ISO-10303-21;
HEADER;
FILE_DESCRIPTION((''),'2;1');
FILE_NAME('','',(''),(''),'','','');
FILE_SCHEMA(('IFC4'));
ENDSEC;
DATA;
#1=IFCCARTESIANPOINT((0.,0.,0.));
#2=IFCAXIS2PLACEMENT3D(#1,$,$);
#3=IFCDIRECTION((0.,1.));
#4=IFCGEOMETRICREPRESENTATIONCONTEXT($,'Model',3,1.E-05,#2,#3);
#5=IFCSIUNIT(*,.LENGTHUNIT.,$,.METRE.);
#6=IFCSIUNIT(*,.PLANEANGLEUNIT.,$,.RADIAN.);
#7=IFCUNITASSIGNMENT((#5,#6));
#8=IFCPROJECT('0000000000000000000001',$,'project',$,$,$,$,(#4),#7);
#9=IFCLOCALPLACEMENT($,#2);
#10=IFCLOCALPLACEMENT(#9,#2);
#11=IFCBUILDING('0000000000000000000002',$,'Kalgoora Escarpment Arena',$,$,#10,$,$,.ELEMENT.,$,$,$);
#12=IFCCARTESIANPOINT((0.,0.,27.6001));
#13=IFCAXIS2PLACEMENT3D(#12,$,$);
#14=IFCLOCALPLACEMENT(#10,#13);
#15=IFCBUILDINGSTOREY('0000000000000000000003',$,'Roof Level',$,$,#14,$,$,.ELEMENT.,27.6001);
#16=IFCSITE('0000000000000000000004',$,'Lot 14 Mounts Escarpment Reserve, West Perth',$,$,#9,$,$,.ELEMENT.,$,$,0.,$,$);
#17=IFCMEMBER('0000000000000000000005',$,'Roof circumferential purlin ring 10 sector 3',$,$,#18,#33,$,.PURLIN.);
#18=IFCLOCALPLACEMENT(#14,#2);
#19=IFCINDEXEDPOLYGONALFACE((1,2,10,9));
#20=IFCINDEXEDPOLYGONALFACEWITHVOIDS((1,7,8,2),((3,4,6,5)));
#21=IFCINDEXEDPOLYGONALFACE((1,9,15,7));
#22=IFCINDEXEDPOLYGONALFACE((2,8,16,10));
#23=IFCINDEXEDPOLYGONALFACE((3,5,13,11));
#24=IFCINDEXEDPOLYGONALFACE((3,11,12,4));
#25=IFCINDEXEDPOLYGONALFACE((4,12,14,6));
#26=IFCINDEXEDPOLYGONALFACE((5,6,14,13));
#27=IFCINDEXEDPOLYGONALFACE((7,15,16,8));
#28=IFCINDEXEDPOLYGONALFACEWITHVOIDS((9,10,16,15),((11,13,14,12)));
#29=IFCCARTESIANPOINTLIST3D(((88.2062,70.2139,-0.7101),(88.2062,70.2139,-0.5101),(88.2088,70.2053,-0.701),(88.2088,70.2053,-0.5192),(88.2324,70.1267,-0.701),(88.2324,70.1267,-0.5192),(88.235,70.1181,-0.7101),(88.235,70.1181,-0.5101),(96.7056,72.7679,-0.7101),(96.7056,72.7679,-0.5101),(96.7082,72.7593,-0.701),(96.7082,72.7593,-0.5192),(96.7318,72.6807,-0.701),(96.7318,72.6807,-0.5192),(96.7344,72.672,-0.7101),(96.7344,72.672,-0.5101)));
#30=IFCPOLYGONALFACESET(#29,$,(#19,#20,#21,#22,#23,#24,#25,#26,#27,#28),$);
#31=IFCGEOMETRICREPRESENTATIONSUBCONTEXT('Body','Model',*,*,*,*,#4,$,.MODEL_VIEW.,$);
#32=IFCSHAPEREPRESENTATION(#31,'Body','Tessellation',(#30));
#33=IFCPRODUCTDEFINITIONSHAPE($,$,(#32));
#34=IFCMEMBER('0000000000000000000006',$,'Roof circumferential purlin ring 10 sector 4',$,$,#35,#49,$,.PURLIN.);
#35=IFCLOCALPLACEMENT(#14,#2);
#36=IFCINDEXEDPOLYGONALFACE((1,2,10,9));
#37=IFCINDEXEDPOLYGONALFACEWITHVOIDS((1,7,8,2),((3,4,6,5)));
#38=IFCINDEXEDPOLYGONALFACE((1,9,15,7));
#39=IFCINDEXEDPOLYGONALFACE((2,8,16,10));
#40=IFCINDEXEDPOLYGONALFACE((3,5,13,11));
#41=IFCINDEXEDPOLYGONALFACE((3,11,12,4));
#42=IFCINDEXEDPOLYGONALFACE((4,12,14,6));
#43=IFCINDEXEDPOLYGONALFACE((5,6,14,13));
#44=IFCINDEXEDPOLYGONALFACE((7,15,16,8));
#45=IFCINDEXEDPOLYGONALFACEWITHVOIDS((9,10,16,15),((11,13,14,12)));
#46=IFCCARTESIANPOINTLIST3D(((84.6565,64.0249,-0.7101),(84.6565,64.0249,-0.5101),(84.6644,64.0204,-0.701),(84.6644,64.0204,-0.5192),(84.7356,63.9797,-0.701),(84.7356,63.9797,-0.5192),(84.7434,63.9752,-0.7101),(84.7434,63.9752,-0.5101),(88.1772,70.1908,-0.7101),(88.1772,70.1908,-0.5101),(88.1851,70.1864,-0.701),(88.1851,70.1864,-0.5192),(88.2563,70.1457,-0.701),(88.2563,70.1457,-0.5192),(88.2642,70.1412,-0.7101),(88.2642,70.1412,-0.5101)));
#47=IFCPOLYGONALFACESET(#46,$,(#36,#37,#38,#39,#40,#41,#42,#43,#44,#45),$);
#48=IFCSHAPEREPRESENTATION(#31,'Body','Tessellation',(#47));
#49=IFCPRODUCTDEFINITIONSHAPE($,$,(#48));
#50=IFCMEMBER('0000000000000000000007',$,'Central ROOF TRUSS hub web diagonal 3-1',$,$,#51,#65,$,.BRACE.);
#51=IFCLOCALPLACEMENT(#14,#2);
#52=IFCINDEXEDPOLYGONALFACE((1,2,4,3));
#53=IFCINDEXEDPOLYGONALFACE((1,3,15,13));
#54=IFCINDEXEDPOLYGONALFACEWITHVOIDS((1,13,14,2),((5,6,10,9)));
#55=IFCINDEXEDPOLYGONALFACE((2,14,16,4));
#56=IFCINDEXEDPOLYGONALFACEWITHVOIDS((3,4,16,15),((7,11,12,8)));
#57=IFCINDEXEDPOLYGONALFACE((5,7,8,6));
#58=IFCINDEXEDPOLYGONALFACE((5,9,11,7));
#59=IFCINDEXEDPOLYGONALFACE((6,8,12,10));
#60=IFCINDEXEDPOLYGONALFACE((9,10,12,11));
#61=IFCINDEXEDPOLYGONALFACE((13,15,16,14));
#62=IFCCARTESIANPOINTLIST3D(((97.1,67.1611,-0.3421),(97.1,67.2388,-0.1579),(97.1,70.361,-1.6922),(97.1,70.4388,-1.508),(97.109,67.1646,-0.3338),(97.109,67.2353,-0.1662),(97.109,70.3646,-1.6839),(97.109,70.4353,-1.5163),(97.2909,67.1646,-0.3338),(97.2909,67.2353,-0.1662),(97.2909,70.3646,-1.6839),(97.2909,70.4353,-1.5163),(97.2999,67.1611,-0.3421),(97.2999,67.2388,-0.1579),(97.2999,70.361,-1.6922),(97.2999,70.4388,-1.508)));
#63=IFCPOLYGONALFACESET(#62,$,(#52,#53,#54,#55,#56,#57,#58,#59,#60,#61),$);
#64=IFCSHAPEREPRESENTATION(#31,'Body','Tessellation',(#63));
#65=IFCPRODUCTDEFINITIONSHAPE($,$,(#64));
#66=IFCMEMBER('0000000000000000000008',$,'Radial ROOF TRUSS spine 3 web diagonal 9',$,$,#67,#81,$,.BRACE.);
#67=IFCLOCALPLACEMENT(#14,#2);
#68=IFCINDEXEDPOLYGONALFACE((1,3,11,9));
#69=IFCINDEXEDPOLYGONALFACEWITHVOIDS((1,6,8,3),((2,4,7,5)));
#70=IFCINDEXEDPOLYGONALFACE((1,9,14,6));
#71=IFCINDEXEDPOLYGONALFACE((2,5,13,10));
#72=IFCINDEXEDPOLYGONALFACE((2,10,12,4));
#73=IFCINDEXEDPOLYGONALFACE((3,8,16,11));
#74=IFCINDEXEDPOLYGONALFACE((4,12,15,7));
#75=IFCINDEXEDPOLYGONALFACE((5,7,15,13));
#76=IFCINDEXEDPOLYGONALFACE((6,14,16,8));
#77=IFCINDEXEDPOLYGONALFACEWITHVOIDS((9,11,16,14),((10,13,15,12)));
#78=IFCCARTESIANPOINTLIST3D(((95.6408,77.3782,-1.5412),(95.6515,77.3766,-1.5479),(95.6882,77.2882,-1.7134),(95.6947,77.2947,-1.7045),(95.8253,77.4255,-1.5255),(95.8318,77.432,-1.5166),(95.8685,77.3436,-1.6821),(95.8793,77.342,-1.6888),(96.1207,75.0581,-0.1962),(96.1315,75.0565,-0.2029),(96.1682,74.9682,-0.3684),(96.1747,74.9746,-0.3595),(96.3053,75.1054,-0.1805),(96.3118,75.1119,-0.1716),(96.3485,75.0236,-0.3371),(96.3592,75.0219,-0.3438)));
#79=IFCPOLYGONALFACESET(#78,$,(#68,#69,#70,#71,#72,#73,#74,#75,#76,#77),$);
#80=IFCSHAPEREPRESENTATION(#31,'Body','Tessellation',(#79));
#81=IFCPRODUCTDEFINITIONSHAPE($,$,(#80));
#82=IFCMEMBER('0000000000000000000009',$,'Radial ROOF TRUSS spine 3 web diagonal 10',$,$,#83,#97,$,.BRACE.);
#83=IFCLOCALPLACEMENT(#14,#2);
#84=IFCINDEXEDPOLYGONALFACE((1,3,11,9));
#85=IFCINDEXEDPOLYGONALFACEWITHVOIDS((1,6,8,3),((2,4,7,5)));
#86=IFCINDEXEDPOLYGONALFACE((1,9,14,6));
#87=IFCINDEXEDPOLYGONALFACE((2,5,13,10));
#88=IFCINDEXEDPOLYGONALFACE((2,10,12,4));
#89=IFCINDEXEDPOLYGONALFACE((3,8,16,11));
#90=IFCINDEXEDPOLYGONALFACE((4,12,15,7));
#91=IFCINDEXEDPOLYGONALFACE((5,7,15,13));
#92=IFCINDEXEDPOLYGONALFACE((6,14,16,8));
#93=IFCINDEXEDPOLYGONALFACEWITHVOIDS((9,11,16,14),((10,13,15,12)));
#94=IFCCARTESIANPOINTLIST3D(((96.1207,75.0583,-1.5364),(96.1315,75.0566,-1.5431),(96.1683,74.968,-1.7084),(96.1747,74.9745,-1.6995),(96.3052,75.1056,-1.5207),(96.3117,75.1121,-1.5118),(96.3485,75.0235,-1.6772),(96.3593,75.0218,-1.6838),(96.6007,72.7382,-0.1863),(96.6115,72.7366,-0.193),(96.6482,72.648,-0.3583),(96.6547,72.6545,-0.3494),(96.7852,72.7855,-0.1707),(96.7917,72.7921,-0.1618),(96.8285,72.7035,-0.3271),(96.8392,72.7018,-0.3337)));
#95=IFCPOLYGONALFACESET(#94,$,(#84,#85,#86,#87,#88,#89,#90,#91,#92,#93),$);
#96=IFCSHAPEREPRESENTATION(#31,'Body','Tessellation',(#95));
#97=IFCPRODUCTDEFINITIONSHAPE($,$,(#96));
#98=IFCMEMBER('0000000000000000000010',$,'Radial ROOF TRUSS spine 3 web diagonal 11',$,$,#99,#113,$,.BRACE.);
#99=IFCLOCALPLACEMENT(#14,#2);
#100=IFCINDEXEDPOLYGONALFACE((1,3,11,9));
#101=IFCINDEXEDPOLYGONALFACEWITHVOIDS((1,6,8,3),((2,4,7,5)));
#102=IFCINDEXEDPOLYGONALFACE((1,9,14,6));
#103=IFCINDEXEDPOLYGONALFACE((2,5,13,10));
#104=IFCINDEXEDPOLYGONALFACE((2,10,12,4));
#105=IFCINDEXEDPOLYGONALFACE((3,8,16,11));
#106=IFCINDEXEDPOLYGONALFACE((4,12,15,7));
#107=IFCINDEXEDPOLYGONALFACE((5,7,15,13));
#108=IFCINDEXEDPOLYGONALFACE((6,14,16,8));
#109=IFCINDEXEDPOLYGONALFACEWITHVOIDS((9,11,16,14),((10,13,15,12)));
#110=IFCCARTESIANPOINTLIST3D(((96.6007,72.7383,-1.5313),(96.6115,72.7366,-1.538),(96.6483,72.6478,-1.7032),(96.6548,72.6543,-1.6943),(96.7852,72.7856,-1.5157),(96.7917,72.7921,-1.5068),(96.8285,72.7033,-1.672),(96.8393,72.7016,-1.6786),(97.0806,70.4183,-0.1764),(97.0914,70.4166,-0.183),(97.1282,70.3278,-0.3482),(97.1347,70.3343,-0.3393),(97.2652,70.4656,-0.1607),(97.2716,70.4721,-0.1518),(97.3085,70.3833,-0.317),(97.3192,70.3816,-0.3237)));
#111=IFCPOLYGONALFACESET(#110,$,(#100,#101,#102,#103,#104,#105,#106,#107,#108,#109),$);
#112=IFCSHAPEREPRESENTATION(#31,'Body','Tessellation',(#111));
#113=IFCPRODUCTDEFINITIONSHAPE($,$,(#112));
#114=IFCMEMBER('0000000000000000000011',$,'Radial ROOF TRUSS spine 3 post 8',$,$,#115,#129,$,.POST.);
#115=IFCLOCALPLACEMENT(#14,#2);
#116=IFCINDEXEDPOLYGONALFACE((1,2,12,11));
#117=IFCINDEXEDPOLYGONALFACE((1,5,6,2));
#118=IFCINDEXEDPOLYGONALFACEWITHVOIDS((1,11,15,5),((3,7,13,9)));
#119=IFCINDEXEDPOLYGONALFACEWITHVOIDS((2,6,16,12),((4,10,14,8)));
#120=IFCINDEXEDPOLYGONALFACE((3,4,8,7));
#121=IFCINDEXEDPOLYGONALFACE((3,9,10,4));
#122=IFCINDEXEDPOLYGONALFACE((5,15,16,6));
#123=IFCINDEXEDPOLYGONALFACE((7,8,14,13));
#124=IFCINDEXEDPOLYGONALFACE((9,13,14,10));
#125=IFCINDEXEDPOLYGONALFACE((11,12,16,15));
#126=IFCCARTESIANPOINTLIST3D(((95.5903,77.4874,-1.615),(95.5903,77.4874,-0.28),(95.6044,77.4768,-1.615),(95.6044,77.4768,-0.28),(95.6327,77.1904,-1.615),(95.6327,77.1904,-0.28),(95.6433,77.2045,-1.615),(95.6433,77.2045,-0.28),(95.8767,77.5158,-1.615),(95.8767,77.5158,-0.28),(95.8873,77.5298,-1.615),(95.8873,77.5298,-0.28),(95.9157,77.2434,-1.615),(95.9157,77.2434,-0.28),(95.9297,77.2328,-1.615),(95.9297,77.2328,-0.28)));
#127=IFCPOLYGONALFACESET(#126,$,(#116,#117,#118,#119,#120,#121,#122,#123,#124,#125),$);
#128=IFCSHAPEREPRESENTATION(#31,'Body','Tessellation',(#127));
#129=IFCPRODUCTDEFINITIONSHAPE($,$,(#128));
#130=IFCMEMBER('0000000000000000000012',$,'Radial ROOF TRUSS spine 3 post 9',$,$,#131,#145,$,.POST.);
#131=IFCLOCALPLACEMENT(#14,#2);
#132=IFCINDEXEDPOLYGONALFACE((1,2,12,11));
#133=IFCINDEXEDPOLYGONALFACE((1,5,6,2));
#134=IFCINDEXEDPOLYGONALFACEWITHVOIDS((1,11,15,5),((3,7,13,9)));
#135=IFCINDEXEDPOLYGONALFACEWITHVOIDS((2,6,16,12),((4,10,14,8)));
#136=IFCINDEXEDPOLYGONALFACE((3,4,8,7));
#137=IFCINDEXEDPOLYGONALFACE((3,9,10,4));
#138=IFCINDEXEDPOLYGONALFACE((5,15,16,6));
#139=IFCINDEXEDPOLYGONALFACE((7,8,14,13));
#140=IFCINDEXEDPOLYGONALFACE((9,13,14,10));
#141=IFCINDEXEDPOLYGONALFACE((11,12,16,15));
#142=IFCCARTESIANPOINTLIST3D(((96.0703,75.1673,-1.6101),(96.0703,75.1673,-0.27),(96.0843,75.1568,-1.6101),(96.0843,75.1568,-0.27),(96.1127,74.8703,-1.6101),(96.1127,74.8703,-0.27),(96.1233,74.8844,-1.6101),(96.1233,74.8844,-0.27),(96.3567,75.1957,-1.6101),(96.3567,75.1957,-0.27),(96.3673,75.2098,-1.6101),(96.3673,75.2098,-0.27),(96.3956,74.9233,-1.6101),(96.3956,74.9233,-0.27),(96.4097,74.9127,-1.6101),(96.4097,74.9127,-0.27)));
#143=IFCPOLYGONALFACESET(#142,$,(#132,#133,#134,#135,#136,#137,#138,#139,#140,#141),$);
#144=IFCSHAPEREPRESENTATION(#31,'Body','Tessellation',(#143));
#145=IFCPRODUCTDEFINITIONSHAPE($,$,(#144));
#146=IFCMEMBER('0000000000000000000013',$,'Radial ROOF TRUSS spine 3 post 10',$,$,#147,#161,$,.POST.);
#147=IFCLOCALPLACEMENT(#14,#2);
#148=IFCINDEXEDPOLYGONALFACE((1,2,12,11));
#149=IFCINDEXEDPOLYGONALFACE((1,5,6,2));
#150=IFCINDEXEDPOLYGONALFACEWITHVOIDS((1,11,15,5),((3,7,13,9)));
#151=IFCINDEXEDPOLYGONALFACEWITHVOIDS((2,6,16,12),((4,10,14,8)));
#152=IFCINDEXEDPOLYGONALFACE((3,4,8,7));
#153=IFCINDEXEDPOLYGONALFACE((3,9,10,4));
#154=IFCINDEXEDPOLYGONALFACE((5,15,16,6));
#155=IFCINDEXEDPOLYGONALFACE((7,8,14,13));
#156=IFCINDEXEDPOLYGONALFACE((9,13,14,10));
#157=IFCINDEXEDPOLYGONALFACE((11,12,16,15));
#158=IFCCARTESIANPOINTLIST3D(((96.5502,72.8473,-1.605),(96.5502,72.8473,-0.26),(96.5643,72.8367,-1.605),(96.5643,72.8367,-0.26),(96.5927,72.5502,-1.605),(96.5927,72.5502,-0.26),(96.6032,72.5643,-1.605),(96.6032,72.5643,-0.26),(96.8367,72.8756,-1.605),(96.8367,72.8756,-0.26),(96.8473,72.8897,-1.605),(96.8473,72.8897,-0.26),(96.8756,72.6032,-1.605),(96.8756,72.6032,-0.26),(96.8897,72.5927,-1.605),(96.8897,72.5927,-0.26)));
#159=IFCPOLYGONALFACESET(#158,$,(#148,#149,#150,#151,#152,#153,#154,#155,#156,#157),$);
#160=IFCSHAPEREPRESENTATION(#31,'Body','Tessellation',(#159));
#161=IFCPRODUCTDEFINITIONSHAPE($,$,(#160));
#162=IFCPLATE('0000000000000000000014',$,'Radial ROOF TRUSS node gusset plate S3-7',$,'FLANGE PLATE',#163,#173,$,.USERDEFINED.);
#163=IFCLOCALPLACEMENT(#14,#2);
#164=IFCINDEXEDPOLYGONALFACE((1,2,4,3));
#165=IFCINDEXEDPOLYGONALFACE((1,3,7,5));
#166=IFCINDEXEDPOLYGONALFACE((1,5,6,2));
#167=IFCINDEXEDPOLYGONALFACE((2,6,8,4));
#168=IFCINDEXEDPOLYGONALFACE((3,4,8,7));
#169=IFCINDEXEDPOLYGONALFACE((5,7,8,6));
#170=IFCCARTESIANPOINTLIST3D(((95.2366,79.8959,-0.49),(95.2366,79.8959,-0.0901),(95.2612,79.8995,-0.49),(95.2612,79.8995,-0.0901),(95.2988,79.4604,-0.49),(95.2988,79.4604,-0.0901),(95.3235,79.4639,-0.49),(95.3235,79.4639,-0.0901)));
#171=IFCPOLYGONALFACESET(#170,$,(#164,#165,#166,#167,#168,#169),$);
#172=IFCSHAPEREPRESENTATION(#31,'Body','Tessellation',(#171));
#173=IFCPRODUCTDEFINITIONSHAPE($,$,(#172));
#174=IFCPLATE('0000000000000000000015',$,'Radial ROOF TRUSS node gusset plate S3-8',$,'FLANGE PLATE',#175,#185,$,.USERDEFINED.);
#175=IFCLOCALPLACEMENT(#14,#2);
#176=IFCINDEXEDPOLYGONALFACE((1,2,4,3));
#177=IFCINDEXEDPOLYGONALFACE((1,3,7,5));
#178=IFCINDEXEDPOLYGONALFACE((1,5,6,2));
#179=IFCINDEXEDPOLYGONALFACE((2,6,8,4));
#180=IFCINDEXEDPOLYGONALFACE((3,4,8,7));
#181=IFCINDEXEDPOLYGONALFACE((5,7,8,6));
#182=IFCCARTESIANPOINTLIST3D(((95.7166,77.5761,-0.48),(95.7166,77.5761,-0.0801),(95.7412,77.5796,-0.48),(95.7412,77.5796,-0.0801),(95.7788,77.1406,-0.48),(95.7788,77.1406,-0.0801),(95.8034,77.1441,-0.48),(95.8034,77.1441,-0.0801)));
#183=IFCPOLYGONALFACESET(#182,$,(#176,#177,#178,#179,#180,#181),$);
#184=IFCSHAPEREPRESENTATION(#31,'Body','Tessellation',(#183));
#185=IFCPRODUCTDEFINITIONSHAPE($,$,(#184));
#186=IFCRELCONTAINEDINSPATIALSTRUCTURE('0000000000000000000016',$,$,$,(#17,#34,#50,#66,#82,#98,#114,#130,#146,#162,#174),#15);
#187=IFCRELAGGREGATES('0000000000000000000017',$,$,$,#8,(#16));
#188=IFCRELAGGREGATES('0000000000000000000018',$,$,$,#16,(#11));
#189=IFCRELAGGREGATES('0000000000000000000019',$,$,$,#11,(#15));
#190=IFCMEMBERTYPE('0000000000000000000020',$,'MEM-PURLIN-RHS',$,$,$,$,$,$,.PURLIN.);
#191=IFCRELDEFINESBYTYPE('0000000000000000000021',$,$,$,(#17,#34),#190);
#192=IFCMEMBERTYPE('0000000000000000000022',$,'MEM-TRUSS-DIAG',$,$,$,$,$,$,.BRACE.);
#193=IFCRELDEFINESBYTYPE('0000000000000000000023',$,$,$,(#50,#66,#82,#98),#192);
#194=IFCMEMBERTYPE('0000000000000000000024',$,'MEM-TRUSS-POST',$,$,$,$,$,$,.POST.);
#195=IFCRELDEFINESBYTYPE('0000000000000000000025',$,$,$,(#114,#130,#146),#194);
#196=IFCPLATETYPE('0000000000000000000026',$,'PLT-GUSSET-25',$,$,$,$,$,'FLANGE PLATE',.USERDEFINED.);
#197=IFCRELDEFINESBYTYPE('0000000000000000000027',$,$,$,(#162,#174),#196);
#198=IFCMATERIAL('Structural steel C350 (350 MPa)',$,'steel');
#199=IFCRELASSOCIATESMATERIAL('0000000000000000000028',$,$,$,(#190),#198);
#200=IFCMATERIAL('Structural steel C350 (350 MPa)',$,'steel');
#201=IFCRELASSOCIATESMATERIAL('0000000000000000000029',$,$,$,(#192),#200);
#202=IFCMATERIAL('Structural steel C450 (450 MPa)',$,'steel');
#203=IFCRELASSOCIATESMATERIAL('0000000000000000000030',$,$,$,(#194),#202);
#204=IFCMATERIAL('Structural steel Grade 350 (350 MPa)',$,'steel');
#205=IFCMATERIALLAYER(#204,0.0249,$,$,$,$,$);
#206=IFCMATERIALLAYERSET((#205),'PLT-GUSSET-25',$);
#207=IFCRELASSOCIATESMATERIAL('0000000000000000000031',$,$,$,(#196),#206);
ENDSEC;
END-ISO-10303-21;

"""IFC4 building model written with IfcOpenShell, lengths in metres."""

from ifc_helpers import new_model, si_unit, direction, frame, origin, origin_2d, place, context, subcontext, project, spatial, rectangle, hollow_rectangle, extrude, material, layer, layer_set, material_profile, profile_set, type_object, element, save


model = new_model("IFC4")

# Units and contexts
model_context = context("Model", 3, precision=1e-05, world=origin(), true_north=direction((0.0, 1.0)))
body_context = subcontext(model_context, "Body", "Model", "MODEL_VIEW")
ifc_project = project(units=[si_unit("LENGTHUNIT", "METRE"), si_unit("PLANEANGLEUNIT", "RADIAN")], contexts=[model_context])

# Site, building, storey
site_placement = place(None, origin())
site = spatial("IfcSite", under=ifc_project, at=site_placement, Name="Lot 14 Mounts Escarpment Reserve, West Perth", CompositionType="ELEMENT", RefElevation=0.0)
building_placement = place(site_placement, origin())
building = spatial("IfcBuilding", under=site, at=building_placement, Name="Kalgoora Escarpment Arena", CompositionType="ELEMENT")
storey_placement = place(building_placement, frame((0.0, 0.0, 27.6001)))
storey = spatial("IfcBuildingStorey", under=building, at=storey_placement, Name="Roof Level", CompositionType="ELEMENT", Elevation=27.6001)

# Members
ifc_material_1 = material(Name="Structural steel C350 (350 MPa)", Category="steel")
ifc_material_profile_1 = material_profile(ifc_material_1, hollow_rectangle(XDim=0.1001, YDim=0.2, WallThickness=0.009, at=origin_2d()))
ifc_profile_set_1 = profile_set([ifc_material_profile_1], Name="Structural steel C350 (350 MPa)")
member_type_1 = type_object("IfcMemberType", Name="MEM-PURLIN-RHS", PredefinedType="PURLIN", material=ifc_profile_set_1)
member_1_placement = place(storey_placement, frame((96.72, 72.72, -0.6101), z_axis=(-0.957697, -0.287779, 0.0), x_axis=(0.287779, -0.957697, 0.0)))
element("IfcMember", 1, at=member_1_placement, inside=storey, type_object=member_type_1, Name="Roof circumferential purlin ring 10 sector 3", PredefinedType="PURLIN", context=body_context, shape_type="SweptSolid", body=[
    extrude(hollow_rectangle(XDim=0.1001, YDim=0.2, WallThickness=0.009, at=origin_2d()), origin(), (0.0, 0.0, 1.0), 8.8748),
])
member_2_placement = place(storey_placement, frame((88.2207, 70.166, -0.6101), z_axis=(-0.495854, -0.868406, 0.0), x_axis=(0.868406, -0.495854, 0.0)))
element("IfcMember", 2, at=member_2_placement, inside=storey, type_object=member_type_1, Name="Roof circumferential purlin ring 10 sector 4", PredefinedType="PURLIN", context=body_context, shape_type="SweptSolid", body=[
    extrude(hollow_rectangle(XDim=0.1001, YDim=0.2, WallThickness=0.009, at=origin_2d()), origin(), (0.0, 0.0, 1.0), 7.1003),
])
ifc_material_2 = material(Name="Structural steel C350 (350 MPa)", Category="steel")
ifc_material_profile_2 = material_profile(ifc_material_2, hollow_rectangle(XDim=0.2, YDim=0.2, WallThickness=0.009, at=origin_2d()))
ifc_profile_set_2 = profile_set([ifc_material_profile_2], Name="Structural steel C350 (350 MPa)")
member_type_2 = type_object("IfcMemberType", Name="MEM-TRUSS-DIAG", PredefinedType="BRACE", material=ifc_profile_set_2)
member_3_placement = place(storey_placement, frame((97.2, 70.3999, -1.6001), z_axis=(0.0, -0.921352, 0.388729), x_axis=(1.0, 0.0, 0.0)))
element("IfcMember", 3, at=member_3_placement, inside=storey, type_object=member_type_2, Name="Central ROOF TRUSS hub web diagonal 3-1", PredefinedType="BRACE", context=body_context, shape_type="SweptSolid", body=[
    extrude(hollow_rectangle(XDim=0.2, YDim=0.2, WallThickness=0.009, at=origin_2d()), origin(), (0.0, 0.0, 1.0), 3.4731),
])
member_4_placement = place(storey_placement, frame((95.76, 77.3601, -1.615), z_axis=(0.176182, -0.851607, 0.493686), x_axis=(0.237499, -0.44994, -0.8609)))
element("IfcMember", 4, at=member_4_placement, inside=storey, type_object=member_type_2, Name="Radial ROOF TRUSS spine 3 web diagonal 9", PredefinedType="BRACE", context=body_context, shape_type="SweptSolid", body=[
    extrude(hollow_rectangle(XDim=0.2, YDim=0.2, WallThickness=0.009, at=origin_2d()), origin(), (0.0, 0.0, 1.0), 2.7244),
])
member_5_placement = place(storey_placement, frame((96.24, 75.04, -1.6101), z_axis=(0.176018, -0.850815, 0.495108), x_axis=(0.237784, -0.451317, -0.8601)))
element("IfcMember", 5, at=member_5_placement, inside=storey, type_object=member_type_2, Name="Radial ROOF TRUSS spine 3 web diagonal 10", PredefinedType="BRACE", context=body_context, shape_type="SweptSolid", body=[
    extrude(hollow_rectangle(XDim=0.2, YDim=0.2, WallThickness=0.009, at=origin_2d()), origin(), (0.0, 0.0, 1.0), 2.7268),
])
member_6_placement = place(storey_placement, frame((96.72, 72.72, -1.605), z_axis=(0.175862, -0.85006, 0.496457), x_axis=(0.238054, -0.452626, -0.859337)))
element("IfcMember", 6, at=member_6_placement, inside=storey, type_object=member_type_2, Name="Radial ROOF TRUSS spine 3 web diagonal 11", PredefinedType="BRACE", context=body_context, shape_type="SweptSolid", body=[
    extrude(hollow_rectangle(XDim=0.2, YDim=0.2, WallThickness=0.009, at=origin_2d()), origin(), (0.0, 0.0, 1.0), 2.7292),
])
ifc_material_3 = material(Name="Structural steel C450 (450 MPa)", Category="steel")
ifc_material_profile_3 = material_profile(ifc_material_3, hollow_rectangle(XDim=0.3, YDim=0.3, WallThickness=0.0125, at=origin_2d()))
ifc_profile_set_3 = profile_set([ifc_material_profile_3], Name="Structural steel C450 (450 MPa)")
member_type_3 = type_object("IfcMemberType", Name="MEM-TRUSS-POST", PredefinedType="POST", material=ifc_profile_set_3)
member_7_placement = place(storey_placement, frame((95.76, 77.3601, -1.615), z_axis=(0.0, 0.0, 1.0), x_axis=(0.14142, -0.98995, 0.0)))
element("IfcMember", 7, at=member_7_placement, inside=storey, type_object=member_type_3, Name="Radial ROOF TRUSS spine 3 post 8", PredefinedType="POST", context=body_context, shape_type="SweptSolid", body=[
    extrude(hollow_rectangle(XDim=0.3, YDim=0.3, WallThickness=0.0125, at=origin_2d()), origin(), (0.0, 0.0, 1.0), 1.335),
])
member_8_placement = place(storey_placement, frame((96.24, 75.04, -1.6101), z_axis=(0.0, 0.0, 1.0), x_axis=(0.14142, -0.98995, 0.0)))
element("IfcMember", 8, at=member_8_placement, inside=storey, type_object=member_type_3, Name="Radial ROOF TRUSS spine 3 post 9", PredefinedType="POST", context=body_context, shape_type="SweptSolid", body=[
    extrude(hollow_rectangle(XDim=0.3, YDim=0.3, WallThickness=0.0125, at=origin_2d()), origin(), (0.0, 0.0, 1.0), 1.3401),
])
member_9_placement = place(storey_placement, frame((96.72, 72.72, -1.605), z_axis=(0.0, 0.0, 1.0), x_axis=(0.14142, -0.98995, 0.0)))
element("IfcMember", 9, at=member_9_placement, inside=storey, type_object=member_type_3, Name="Radial ROOF TRUSS spine 3 post 10", PredefinedType="POST", context=body_context, shape_type="SweptSolid", body=[
    extrude(hollow_rectangle(XDim=0.3, YDim=0.3, WallThickness=0.0125, at=origin_2d()), origin(), (0.0, 0.0, 1.0), 1.345),
])

# Plates
ifc_material_4 = material(Name="Structural steel Grade 350 (350 MPa)", Category="steel")
ifc_layer = layer(ifc_material_4, 0.0249)
ifc_layer_set = layer_set([ifc_layer], Name="PLT-GUSSET-25")
plate_type = type_object("IfcPlateType", Name="PLT-GUSSET-25", ElementType="FLANGE PLATE", PredefinedType="USERDEFINED", material=ifc_layer_set)
for number, where, z_axis, x_axis, name in (
    (10, (95.28, 79.6799, -0.49), (0.0, 0.0, 1.0), (0.14142, -0.98995, 0.0), "Radial ROOF TRUSS node gusset plate S3-7"),
    (11, (95.76, 77.3601, -0.48), (0.0, 0.0, 1.0), (0.14142, -0.98995, 0.0), "Radial ROOF TRUSS node gusset plate S3-8"),
):
    element("IfcPlate", number, at=place(storey_placement, frame(where, z_axis=z_axis, x_axis=x_axis)), inside=storey, type_object=plate_type, Name=name, ObjectType="FLANGE PLATE", PredefinedType="USERDEFINED", context=body_context, shape_type="SweptSolid", body=[
        extrude(rectangle(XDim=0.4399, YDim=0.0249, at=origin_2d()), origin(), (0.0, 0.0, 1.0), 0.3999),
    ])

save(model, "model.ifc")
